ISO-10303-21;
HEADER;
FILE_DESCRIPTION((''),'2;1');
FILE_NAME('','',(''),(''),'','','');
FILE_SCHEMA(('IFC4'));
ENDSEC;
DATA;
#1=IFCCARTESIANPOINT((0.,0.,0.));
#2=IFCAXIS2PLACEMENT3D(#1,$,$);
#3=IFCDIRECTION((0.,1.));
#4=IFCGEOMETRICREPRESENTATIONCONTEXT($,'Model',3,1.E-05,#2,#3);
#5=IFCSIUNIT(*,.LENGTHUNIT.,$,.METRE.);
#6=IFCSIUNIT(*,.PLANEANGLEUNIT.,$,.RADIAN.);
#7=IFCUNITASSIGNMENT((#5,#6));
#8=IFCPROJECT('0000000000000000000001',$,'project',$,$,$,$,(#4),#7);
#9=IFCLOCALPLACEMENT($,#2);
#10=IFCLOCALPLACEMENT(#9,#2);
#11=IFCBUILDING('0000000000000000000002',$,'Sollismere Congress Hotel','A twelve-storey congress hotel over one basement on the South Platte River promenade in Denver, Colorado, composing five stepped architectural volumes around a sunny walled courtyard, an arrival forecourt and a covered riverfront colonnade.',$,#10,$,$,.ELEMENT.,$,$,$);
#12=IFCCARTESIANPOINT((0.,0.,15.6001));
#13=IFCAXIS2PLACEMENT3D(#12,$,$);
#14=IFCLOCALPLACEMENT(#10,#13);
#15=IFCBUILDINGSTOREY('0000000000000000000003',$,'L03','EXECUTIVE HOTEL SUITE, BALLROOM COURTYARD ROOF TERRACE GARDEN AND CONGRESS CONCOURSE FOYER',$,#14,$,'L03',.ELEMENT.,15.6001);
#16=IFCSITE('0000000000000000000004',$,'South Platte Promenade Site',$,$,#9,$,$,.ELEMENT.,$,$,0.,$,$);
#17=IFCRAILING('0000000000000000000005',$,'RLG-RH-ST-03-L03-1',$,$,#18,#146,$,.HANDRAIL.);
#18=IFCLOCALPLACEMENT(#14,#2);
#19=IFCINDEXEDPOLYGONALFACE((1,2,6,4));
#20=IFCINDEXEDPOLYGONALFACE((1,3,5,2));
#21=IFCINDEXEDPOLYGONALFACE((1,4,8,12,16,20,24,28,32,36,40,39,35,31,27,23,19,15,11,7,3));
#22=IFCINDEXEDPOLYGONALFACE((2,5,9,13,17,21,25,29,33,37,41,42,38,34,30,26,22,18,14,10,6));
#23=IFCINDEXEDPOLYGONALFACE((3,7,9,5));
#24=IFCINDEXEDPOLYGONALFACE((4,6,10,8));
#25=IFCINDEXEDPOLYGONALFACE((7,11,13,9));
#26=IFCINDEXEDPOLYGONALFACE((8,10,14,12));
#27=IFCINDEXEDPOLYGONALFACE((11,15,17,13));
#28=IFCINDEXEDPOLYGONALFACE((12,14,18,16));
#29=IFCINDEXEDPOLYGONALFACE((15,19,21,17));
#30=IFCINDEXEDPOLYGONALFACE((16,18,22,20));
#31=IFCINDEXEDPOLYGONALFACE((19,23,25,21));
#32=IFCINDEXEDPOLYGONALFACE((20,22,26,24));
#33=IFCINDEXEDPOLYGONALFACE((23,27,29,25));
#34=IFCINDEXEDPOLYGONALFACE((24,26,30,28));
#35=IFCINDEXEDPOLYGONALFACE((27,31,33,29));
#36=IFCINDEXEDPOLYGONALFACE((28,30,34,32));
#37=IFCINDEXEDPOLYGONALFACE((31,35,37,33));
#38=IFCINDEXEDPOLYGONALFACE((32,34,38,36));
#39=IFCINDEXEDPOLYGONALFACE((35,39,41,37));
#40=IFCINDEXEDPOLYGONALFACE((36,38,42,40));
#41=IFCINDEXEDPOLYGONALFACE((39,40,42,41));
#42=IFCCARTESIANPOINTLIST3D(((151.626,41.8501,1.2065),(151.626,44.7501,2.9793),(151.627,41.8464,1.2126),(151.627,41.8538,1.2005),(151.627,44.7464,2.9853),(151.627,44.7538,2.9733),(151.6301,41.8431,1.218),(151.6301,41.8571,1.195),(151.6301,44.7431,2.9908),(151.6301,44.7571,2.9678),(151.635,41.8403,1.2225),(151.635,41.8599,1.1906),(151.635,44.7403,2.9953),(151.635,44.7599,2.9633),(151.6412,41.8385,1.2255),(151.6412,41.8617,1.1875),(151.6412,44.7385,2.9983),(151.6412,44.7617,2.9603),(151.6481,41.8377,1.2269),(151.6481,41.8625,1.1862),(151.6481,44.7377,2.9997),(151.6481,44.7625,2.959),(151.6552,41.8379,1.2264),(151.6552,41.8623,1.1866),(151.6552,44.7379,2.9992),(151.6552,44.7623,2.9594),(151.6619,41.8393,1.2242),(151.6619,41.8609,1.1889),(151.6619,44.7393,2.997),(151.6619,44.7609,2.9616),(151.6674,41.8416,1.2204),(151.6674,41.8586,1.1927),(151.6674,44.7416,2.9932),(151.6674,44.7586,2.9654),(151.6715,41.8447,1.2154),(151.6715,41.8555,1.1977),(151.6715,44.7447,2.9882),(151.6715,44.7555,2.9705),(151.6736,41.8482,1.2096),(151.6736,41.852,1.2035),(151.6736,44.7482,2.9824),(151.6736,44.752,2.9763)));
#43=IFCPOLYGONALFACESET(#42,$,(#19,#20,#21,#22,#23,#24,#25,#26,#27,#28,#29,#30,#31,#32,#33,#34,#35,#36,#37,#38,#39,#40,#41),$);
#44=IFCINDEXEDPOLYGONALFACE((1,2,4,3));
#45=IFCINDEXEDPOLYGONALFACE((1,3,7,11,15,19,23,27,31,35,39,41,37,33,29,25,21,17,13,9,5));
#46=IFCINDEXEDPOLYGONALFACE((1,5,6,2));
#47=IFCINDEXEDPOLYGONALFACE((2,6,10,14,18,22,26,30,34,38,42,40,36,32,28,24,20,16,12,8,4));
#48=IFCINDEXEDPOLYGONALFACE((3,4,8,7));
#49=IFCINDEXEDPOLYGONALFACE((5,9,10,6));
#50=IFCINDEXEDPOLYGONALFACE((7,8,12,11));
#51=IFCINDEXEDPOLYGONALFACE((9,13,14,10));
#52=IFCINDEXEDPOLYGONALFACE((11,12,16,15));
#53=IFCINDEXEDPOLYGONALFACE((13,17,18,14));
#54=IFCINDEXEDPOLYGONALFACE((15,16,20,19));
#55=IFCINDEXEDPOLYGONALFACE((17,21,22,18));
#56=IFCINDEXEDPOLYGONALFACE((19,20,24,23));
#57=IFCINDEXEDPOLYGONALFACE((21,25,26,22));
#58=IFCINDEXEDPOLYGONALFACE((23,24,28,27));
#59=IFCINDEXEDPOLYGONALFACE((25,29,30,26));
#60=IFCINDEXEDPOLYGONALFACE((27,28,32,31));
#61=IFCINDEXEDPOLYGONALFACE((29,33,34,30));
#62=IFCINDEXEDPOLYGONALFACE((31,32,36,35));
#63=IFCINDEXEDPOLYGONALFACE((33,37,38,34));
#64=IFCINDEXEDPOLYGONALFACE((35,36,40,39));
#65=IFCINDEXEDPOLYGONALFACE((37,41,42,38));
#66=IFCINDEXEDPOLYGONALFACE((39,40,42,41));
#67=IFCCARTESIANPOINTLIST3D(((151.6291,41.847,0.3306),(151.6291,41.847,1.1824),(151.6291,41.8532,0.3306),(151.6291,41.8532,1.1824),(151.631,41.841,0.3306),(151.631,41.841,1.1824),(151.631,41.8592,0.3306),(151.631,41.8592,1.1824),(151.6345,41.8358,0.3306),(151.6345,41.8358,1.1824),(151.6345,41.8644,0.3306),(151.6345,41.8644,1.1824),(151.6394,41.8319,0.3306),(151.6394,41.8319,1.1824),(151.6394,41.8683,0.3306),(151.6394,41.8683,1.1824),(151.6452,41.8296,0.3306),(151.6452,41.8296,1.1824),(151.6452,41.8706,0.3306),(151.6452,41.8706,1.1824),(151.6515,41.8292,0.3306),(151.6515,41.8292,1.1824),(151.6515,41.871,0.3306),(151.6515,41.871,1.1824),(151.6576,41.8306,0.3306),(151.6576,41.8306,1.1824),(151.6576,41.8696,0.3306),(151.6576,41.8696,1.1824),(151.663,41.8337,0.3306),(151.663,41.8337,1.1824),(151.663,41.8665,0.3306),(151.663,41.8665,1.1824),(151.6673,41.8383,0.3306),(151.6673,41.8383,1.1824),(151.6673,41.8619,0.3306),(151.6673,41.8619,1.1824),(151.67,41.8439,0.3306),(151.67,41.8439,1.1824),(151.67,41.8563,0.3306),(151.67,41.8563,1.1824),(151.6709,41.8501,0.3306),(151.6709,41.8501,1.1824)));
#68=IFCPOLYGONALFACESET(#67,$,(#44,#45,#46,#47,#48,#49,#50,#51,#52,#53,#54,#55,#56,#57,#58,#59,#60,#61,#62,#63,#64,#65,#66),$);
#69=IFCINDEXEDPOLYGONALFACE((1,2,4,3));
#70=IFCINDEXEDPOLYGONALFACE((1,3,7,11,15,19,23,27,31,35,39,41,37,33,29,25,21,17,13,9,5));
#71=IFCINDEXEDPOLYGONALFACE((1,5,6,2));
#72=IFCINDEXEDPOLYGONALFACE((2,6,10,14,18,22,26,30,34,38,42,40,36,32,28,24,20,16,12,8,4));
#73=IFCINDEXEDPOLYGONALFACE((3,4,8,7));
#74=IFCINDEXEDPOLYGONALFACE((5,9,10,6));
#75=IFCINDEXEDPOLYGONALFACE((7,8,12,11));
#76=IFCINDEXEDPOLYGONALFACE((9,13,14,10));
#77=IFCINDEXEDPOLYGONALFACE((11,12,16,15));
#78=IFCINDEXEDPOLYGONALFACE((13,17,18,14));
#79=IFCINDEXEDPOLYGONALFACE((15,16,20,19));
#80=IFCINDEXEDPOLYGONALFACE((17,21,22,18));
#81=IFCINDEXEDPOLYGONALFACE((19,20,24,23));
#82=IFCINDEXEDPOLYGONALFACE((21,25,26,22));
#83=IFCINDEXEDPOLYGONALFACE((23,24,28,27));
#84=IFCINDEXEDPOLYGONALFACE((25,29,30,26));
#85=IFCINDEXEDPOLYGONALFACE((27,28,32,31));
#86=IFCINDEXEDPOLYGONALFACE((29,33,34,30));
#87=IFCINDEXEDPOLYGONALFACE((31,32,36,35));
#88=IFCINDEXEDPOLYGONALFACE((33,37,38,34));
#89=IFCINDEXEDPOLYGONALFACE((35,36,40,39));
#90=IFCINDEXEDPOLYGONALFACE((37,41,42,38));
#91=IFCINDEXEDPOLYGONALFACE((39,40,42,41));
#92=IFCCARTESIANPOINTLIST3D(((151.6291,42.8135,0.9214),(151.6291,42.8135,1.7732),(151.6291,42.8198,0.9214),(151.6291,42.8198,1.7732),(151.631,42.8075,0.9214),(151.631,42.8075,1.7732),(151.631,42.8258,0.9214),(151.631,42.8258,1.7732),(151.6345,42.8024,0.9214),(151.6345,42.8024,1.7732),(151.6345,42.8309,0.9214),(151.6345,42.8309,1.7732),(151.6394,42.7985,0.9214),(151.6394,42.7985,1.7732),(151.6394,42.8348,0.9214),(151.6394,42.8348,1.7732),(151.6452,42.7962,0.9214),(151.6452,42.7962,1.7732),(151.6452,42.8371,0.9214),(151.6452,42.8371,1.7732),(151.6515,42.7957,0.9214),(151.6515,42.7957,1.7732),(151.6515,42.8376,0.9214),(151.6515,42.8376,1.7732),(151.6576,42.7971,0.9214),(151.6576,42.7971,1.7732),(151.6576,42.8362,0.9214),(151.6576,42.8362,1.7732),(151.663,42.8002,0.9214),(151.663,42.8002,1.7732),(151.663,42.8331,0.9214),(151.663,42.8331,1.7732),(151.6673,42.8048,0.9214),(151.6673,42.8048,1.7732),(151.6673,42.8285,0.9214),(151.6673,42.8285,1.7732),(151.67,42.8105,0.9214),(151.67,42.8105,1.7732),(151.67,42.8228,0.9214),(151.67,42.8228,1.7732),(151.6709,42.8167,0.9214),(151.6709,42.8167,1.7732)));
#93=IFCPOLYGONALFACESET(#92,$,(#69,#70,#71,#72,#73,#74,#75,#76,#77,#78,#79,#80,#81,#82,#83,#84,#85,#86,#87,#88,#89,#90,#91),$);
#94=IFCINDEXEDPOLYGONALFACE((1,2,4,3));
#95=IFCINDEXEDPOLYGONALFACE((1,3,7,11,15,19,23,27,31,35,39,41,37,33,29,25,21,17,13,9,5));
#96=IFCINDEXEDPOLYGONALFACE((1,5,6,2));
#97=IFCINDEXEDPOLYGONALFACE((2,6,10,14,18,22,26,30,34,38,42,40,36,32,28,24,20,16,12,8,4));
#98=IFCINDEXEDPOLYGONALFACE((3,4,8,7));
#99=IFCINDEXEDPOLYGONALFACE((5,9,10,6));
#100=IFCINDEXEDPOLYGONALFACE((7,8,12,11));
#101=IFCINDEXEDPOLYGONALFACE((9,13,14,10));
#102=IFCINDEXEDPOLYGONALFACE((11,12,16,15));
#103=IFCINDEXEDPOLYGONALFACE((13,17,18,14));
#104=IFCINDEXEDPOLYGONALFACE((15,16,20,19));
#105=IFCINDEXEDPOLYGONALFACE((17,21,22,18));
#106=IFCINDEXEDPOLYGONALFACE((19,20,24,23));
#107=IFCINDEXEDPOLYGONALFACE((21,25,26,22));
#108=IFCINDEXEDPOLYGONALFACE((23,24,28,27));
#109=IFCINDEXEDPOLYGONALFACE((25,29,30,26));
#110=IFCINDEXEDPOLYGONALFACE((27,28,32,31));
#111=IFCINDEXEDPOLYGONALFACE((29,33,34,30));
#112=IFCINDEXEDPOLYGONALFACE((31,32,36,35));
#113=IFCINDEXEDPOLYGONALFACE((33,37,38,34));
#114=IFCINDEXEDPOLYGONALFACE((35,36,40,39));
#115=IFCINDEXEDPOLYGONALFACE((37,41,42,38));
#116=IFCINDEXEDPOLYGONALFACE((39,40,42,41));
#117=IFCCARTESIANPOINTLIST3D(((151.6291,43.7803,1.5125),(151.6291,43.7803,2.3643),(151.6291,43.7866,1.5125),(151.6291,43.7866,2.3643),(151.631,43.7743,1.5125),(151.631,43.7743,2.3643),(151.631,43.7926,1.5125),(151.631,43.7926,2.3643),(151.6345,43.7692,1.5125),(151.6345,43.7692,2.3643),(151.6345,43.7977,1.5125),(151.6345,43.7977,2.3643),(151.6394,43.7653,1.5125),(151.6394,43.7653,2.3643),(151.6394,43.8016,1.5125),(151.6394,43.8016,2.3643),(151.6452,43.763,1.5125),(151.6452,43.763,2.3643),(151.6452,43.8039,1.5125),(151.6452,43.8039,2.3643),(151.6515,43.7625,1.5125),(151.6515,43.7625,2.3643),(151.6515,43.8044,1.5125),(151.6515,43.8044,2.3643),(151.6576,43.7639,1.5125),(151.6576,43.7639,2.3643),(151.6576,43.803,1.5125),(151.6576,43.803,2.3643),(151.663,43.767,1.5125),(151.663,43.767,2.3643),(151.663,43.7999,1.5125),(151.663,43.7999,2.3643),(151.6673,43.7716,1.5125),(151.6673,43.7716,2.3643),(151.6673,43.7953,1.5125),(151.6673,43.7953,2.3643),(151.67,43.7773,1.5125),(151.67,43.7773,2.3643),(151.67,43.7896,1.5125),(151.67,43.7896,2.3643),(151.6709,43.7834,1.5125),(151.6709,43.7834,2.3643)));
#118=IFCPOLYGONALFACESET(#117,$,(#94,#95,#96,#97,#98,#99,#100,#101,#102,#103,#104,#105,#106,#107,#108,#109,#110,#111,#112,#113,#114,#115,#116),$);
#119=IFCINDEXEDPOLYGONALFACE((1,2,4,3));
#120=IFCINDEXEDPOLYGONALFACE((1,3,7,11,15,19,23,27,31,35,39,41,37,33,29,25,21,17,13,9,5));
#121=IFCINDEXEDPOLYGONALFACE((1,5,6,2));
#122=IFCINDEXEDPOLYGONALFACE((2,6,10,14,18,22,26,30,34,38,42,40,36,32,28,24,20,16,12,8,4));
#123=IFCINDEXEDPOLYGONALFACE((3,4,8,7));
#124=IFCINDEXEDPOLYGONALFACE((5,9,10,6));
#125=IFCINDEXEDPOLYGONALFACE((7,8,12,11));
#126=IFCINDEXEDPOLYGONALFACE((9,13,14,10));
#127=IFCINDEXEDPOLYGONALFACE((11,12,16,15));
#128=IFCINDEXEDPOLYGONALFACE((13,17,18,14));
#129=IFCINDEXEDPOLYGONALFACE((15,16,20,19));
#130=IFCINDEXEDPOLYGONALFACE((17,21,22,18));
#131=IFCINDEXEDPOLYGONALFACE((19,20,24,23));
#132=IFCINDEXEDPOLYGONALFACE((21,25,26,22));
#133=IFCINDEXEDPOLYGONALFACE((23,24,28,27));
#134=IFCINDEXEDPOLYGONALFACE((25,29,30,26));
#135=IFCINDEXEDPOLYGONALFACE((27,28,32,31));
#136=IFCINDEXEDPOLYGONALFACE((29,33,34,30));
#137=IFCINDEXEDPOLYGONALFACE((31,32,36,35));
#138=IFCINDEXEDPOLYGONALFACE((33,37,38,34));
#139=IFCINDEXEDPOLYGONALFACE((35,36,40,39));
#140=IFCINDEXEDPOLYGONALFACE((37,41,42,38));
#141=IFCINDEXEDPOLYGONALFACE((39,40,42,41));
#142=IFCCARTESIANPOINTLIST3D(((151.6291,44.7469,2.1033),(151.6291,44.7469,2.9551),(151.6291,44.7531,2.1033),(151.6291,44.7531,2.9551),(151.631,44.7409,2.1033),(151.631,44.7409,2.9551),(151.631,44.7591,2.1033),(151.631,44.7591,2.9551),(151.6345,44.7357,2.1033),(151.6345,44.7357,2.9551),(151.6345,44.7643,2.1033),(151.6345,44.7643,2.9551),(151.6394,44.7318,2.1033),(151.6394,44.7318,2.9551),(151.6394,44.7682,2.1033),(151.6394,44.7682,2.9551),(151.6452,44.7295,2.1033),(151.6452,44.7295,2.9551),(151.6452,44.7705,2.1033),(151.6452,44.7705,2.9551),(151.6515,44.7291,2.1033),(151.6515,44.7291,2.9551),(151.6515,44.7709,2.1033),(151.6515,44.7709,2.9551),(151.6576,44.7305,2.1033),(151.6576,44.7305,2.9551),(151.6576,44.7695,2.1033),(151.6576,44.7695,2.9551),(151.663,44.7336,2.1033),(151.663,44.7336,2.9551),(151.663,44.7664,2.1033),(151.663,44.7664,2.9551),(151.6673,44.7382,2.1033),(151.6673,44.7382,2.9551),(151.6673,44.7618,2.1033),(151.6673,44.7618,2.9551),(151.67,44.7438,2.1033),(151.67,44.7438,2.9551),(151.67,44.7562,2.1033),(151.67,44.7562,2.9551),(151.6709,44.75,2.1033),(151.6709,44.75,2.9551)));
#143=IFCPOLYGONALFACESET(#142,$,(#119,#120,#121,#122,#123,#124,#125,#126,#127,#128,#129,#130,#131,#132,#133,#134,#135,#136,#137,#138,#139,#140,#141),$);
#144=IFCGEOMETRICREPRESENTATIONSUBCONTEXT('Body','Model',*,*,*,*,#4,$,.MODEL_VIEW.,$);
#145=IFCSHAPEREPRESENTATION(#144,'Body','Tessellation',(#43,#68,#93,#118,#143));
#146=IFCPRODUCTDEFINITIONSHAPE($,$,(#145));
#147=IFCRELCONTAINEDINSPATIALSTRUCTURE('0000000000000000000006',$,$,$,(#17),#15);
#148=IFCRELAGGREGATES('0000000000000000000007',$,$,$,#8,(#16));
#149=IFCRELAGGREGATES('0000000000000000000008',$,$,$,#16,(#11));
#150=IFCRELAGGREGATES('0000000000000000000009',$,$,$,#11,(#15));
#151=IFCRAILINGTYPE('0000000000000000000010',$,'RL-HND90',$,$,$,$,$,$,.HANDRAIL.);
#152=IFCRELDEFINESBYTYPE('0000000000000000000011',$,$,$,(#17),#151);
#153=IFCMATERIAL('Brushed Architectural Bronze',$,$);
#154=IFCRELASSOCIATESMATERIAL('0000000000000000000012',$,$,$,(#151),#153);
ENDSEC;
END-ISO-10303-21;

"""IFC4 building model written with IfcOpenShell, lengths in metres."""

from ifc_helpers import new_model, si_unit, direction, frame, origin, origin_2d, place, context, subcontext, project, spatial, circle, extrude, material, type_object, element, save


model = new_model("IFC4")

# Units and contexts
model_context = context("Model", 3, precision=1e-05, world=origin(), true_north=direction((0.0, 1.0)))
body_context = subcontext(model_context, "Body", "Model", "MODEL_VIEW")
ifc_project = project(units=[si_unit("LENGTHUNIT", "METRE"), si_unit("PLANEANGLEUNIT", "RADIAN")], contexts=[model_context])

# Site, building, storey
site_placement = place(None, origin())
site = spatial("IfcSite", under=ifc_project, at=site_placement, Name="South Platte Promenade Site", CompositionType="ELEMENT", RefElevation=0.0)
building_placement = place(site_placement, origin())
building = spatial("IfcBuilding", under=site, at=building_placement, Name="Sollismere Congress Hotel", Description="A twelve-storey congress hotel over one basement on the South Platte River promenade in Denver, Colorado, composing five stepped architectural volumes around a sunny walled courtyard, an arrival forecourt and a covered riverfront colonnade.", CompositionType="ELEMENT")
storey_placement = place(building_placement, frame((0.0, 0.0, 15.6001)))
storey = spatial("IfcBuildingStorey", under=building, at=storey_placement, Name="L03", Description="EXECUTIVE HOTEL SUITE, BALLROOM COURTYARD ROOF TERRACE GARDEN AND CONGRESS CONCOURSE FOYER", LongName="L03", CompositionType="ELEMENT", Elevation=15.6001)

# Railing
ifc_material_1 = material(Name="Brushed Architectural Bronze")
railing_type_1 = type_object("IfcRailingType", Name="RL-HND90", PredefinedType="HANDRAIL", material=ifc_material_1)
railing_1_placement = place(storey_placement, frame((151.6499, 41.8501, 0.3306)))
element("IfcRailing", 1, at=railing_1_placement, inside=storey, type_object=railing_type_1, Name="RLG-RH-ST-03-L03-1", PredefinedType="HANDRAIL", context=body_context, shape_type="SweptSolid", body=[
    extrude(circle(Radius=0.0239, at=origin_2d()), frame((0.0, 0.0, 0.876), z_axis=(0.0, 0.853211, 0.521566), x_axis=(-1.0, 0.0, 0.0)), (0.0, 0.0, 1.0), 3.3989),
    extrude(circle(Radius=0.021, at=origin_2d()), origin(), (0.0, 0.0, 1.0), 0.8518),
    extrude(circle(Radius=0.021, at=origin_2d()), frame((0.0, 0.9666, 0.5908)), (0.0, 0.0, 1.0), 0.8518),
    extrude(circle(Radius=0.021, at=origin_2d()), frame((0.0, 1.9333, 1.1819)), (0.0, 0.0, 1.0), 0.8518),
    extrude(circle(Radius=0.021, at=origin_2d()), frame((0.0, 2.8999, 1.7727)), (0.0, 0.0, 1.0), 0.8518),
])

save(model, "model.ifc")
